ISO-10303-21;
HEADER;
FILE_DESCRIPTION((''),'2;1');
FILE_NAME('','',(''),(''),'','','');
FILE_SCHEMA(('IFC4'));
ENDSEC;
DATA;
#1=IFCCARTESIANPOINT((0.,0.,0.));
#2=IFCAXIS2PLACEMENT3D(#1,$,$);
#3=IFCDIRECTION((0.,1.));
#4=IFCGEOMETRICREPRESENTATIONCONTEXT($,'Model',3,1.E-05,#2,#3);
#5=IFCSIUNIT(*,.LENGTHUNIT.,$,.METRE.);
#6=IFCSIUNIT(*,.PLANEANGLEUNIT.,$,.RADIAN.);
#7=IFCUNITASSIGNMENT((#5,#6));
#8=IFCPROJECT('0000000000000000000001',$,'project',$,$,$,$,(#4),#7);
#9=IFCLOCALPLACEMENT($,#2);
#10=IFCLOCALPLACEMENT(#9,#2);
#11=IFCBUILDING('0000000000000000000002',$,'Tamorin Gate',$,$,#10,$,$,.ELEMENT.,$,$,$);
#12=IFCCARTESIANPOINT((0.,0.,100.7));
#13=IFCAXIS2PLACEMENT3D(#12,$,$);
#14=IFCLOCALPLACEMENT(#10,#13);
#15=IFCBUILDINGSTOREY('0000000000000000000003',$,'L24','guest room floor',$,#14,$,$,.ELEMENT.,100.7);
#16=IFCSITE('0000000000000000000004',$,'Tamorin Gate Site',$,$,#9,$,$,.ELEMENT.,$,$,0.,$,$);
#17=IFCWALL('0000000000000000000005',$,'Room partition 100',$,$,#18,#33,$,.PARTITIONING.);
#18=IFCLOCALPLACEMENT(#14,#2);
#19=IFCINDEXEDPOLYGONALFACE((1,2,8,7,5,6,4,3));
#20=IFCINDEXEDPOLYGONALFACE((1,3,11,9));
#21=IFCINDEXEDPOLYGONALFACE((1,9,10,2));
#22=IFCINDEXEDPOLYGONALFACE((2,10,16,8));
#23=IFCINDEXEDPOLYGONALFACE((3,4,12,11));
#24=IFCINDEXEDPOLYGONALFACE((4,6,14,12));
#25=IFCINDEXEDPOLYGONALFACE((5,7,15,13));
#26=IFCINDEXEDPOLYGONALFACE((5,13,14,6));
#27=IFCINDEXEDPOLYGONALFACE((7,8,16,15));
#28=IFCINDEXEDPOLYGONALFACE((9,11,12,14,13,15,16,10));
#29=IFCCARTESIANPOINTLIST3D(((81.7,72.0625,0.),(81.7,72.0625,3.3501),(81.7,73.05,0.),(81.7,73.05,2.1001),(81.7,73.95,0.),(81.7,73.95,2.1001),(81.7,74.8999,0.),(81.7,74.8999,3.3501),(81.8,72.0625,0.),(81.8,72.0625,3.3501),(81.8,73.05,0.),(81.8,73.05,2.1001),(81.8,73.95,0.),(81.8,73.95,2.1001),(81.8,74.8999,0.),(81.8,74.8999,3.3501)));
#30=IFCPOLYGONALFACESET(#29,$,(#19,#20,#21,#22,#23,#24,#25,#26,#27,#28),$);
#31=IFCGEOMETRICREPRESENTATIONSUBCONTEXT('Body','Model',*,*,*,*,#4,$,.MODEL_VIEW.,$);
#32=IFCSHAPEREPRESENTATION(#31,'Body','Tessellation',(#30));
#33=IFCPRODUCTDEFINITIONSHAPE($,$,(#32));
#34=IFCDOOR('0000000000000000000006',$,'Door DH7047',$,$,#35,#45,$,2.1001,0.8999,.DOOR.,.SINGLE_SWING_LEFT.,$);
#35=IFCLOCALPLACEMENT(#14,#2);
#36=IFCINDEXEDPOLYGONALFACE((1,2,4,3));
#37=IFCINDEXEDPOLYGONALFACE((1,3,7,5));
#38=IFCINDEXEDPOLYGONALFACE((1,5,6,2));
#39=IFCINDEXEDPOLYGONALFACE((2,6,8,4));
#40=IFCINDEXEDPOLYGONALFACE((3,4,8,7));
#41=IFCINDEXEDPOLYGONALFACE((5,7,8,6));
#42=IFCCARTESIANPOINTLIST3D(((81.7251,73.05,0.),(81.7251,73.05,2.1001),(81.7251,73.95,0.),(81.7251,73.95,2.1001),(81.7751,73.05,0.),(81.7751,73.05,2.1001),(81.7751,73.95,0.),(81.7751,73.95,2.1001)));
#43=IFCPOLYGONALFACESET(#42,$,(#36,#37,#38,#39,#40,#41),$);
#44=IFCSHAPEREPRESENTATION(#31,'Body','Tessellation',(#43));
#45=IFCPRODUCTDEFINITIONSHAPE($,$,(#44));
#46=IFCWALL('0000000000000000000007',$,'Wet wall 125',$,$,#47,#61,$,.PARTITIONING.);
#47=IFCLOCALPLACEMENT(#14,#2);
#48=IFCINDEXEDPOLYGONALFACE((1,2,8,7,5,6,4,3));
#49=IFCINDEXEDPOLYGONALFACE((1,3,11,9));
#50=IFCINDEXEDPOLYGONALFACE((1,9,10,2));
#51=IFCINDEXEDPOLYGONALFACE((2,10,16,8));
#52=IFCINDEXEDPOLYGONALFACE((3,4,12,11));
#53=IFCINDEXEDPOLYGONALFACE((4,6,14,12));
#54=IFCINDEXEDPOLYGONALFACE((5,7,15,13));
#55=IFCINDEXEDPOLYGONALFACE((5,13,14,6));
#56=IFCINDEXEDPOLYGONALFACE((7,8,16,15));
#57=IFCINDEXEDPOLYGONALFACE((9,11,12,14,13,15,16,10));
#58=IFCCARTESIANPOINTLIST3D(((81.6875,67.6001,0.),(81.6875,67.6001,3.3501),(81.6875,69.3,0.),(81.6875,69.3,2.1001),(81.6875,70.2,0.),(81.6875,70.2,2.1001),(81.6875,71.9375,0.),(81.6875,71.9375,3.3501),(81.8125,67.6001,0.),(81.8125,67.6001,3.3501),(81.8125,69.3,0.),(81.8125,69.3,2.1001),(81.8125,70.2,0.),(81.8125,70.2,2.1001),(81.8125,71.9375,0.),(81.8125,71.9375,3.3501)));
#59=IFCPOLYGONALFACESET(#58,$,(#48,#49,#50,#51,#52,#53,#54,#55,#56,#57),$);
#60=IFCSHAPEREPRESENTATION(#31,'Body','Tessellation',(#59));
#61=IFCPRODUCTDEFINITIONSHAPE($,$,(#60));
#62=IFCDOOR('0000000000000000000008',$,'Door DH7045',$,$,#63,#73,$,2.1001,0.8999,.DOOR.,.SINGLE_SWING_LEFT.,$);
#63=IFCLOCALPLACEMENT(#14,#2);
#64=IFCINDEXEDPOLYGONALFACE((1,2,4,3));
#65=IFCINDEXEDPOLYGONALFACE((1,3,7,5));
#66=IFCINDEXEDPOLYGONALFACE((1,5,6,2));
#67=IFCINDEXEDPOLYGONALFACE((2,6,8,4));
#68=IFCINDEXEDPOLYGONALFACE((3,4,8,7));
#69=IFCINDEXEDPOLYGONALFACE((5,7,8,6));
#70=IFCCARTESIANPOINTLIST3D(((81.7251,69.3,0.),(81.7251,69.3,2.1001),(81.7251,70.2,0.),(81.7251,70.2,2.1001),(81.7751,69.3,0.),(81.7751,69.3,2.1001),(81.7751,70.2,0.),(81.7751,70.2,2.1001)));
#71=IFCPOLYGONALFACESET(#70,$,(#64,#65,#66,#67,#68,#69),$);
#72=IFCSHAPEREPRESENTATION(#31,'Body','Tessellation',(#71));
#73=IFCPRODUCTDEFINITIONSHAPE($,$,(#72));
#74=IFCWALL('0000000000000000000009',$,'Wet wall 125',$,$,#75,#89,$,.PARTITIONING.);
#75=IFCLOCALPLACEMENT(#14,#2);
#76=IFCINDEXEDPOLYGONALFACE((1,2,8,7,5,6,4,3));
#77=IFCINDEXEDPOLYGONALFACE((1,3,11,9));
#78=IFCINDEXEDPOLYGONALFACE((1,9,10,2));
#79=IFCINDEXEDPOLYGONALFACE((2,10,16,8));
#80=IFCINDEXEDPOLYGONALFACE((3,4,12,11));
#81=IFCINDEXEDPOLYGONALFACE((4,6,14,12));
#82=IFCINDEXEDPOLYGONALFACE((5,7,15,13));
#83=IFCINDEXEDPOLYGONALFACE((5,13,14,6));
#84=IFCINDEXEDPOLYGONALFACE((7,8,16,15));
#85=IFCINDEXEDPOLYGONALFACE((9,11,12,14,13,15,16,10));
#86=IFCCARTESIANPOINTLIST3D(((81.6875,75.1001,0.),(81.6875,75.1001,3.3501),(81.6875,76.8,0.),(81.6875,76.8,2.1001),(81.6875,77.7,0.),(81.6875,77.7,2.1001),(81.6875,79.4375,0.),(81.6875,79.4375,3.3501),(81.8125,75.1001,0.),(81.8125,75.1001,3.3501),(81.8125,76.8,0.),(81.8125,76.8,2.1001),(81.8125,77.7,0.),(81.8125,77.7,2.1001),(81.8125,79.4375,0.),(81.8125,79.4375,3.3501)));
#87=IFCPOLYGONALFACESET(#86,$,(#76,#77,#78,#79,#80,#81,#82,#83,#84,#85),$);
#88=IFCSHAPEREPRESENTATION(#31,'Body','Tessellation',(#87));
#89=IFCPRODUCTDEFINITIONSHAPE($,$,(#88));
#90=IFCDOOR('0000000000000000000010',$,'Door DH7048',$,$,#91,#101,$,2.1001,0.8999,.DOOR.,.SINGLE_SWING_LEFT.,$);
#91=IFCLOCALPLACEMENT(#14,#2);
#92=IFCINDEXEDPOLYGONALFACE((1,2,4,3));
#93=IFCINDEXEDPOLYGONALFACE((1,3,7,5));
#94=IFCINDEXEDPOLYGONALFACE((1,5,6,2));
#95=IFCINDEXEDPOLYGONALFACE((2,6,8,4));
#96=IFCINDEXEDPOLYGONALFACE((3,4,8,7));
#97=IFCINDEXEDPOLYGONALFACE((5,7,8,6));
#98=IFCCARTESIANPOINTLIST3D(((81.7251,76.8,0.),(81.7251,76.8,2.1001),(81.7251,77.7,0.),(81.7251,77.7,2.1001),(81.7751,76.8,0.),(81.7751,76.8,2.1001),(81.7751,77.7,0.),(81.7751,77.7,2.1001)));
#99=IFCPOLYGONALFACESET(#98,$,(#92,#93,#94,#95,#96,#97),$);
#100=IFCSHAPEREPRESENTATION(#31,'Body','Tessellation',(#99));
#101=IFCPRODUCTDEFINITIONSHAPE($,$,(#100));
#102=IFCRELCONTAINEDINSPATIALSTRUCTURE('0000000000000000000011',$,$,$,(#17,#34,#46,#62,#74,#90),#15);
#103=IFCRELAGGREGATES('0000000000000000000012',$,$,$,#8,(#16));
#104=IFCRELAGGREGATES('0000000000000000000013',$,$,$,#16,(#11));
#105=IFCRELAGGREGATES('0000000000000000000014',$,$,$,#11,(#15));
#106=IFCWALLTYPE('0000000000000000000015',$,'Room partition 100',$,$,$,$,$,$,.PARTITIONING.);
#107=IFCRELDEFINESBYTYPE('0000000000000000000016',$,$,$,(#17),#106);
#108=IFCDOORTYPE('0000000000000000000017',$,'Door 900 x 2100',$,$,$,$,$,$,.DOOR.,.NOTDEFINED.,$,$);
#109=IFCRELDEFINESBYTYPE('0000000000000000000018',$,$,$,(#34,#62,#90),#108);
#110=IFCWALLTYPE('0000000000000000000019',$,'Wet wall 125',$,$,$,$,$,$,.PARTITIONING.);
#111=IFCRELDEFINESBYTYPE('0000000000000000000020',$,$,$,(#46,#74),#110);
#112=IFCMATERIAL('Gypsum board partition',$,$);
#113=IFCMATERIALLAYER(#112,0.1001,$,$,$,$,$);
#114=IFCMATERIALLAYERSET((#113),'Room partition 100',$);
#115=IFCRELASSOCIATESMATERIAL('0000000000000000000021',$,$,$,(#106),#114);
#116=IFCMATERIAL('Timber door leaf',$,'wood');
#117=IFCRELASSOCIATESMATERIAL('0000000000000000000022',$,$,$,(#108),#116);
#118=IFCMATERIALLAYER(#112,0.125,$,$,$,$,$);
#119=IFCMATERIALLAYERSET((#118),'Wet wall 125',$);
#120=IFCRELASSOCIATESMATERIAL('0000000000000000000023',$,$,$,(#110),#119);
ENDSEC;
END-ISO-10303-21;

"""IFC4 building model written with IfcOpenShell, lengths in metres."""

from ifc_helpers import new_model, si_unit, direction, frame, frame_2d, origin, place, context, subcontext, project, spatial, rectangle, extrude, material, layer, layer_set, type_object, element, fill, save


model = new_model("IFC4")

# Units and contexts
model_context = context("Model", 3, precision=1e-05, world=origin(), true_north=direction((0.0, 1.0)))
body_context = subcontext(model_context, "Body", "Model", "MODEL_VIEW")
ifc_project = project(units=[si_unit("LENGTHUNIT", "METRE"), si_unit("PLANEANGLEUNIT", "RADIAN")], contexts=[model_context])

# Site, building, storey
site_placement = place(None, origin())
site = spatial("IfcSite", under=ifc_project, at=site_placement, Name="Tamorin Gate Site", CompositionType="ELEMENT", RefElevation=0.0)
building_placement = place(site_placement, origin())
building = spatial("IfcBuilding", under=site, at=building_placement, Name="Tamorin Gate", CompositionType="ELEMENT")
storey_placement = place(building_placement, frame((0.0, 0.0, 100.7)))
storey = spatial("IfcBuildingStorey", under=building, at=storey_placement, Name="L24", Description="guest room floor", CompositionType="ELEMENT", Elevation=100.7)

# Walls, openings, doors
ifc_material_1 = material(Name="Gypsum board partition")
ifc_layer_1 = layer(ifc_material_1, 0.1001)
ifc_layer_set_1 = layer_set([ifc_layer_1], Name="Room partition 100")
wall_type_1 = type_object("IfcWallType", Name="Room partition 100", PredefinedType="PARTITIONING", material=ifc_layer_set_1)
ifc_material_2 = material(Name="Timber door leaf", Category="wood")
door_type = type_object("IfcDoorType", Name="Door 900 x 2100", OperationType="NOTDEFINED", PredefinedType="DOOR", material=ifc_material_2)
wall_1_placement = place(storey_placement, frame((81.75, 72.0625, 0.0), z_axis=(0.0, 0.0, 1.0), x_axis=(0.0, 1.0, 0.0)))
wall_1 = element("IfcWall", 1, at=wall_1_placement, inside=storey, type_object=wall_type_1, Name="Room partition 100", PredefinedType="PARTITIONING", context=body_context, shape_type="SweptSolid", body=[
    extrude(rectangle(XDim=2.8374, YDim=0.1001, at=frame_2d((1.4187, 0.0))), origin(), (0.0, 0.0, 1.0), 3.3501),
])
opening_1_placement = place(wall_1_placement, frame((0.9875, 0.0, 0.0)))
opening_1 = element("IfcOpeningElement", 2, at=opening_1_placement, cuts=wall_1, PredefinedType="OPENING", context=body_context, shape_type="SweptSolid", body=[
    extrude(rectangle(XDim=0.8999, YDim=2.1001, at=frame_2d((0.45, 1.05))), frame((0.0, 0.0601, 0.0), z_axis=(0.0, -1.0, 0.0), x_axis=(1.0, 0.0, 0.0)), (0.0, 0.0, 1.0), 0.1201),
])
door_1_placement = place(opening_1_placement, origin())
door_1 = element("IfcDoor", 3, at=door_1_placement, inside=storey, type_object=door_type, Name="Door DH7047", OperationType="SINGLE_SWING_LEFT", OverallHeight=2.1001, OverallWidth=0.8999, PredefinedType="DOOR", context=body_context, shape_type="SweptSolid", body=[
    extrude(rectangle(XDim=0.8999, YDim=2.1001, at=frame_2d((0.45, 1.05))), frame((0.0, 0.0249, 0.0), z_axis=(0.0, -1.0, 0.0), x_axis=(1.0, 0.0, 0.0)), (0.0, 0.0, 1.0), 0.05),
])
fill(opening_1, door_1)
ifc_layer_2 = layer(ifc_material_1, 0.125)
ifc_layer_set_2 = layer_set([ifc_layer_2], Name="Wet wall 125")
wall_type_2 = type_object("IfcWallType", Name="Wet wall 125", PredefinedType="PARTITIONING", material=ifc_layer_set_2)
wall_2_placement = place(storey_placement, frame((81.75, 67.6001, 0.0), z_axis=(0.0, 0.0, 1.0), x_axis=(0.0, 1.0, 0.0)))
wall_2 = element("IfcWall", 4, at=wall_2_placement, inside=storey, type_object=wall_type_2, Name="Wet wall 125", PredefinedType="PARTITIONING", context=body_context, shape_type="SweptSolid", body=[
    extrude(rectangle(XDim=4.3374, YDim=0.125, at=frame_2d((2.1687, 0.0))), origin(), (0.0, 0.0, 1.0), 3.3501),
])
opening_2_placement = place(wall_2_placement, frame((1.7, 0.0, 0.0)))
opening_2 = element("IfcOpeningElement", 5, at=opening_2_placement, cuts=wall_2, PredefinedType="OPENING", context=body_context, shape_type="SweptSolid", body=[
    extrude(rectangle(XDim=0.8999, YDim=2.1001, at=frame_2d((0.45, 1.05))), frame((0.0, 0.0725, 0.0), z_axis=(0.0, -1.0, 0.0), x_axis=(1.0, 0.0, 0.0)), (0.0, 0.0, 1.0), 0.145),
])
door_2_placement = place(opening_2_placement, origin())
door_2 = element("IfcDoor", 6, at=door_2_placement, inside=storey, type_object=door_type, Name="Door DH7045", OperationType="SINGLE_SWING_LEFT", OverallHeight=2.1001, OverallWidth=0.8999, PredefinedType="DOOR", context=body_context, shape_type="SweptSolid", body=[
    extrude(rectangle(XDim=0.8999, YDim=2.1001, at=frame_2d((0.45, 1.05))), frame((0.0, 0.0249, 0.0), z_axis=(0.0, -1.0, 0.0), x_axis=(1.0, 0.0, 0.0)), (0.0, 0.0, 1.0), 0.05),
])
fill(opening_2, door_2)
wall_3_placement = place(storey_placement, frame((81.75, 75.1001, 0.0), z_axis=(0.0, 0.0, 1.0), x_axis=(0.0, 1.0, 0.0)))
wall_3 = element("IfcWall", 7, at=wall_3_placement, inside=storey, type_object=wall_type_2, Name="Wet wall 125", PredefinedType="PARTITIONING", context=body_context, shape_type="SweptSolid", body=[
    extrude(rectangle(XDim=4.3374, YDim=0.125, at=frame_2d((2.1687, 0.0))), origin(), (0.0, 0.0, 1.0), 3.3501),
])
opening_3_placement = place(wall_3_placement, frame((1.7, 0.0, 0.0)))
opening_3 = element("IfcOpeningElement", 8, at=opening_3_placement, cuts=wall_3, PredefinedType="OPENING", context=body_context, shape_type="SweptSolid", body=[
    extrude(rectangle(XDim=0.8999, YDim=2.1001, at=frame_2d((0.45, 1.05))), frame((0.0, 0.0725, 0.0), z_axis=(0.0, -1.0, 0.0), x_axis=(1.0, 0.0, 0.0)), (0.0, 0.0, 1.0), 0.145),
])
door_3_placement = place(opening_3_placement, origin())
door_3 = element("IfcDoor", 9, at=door_3_placement, inside=storey, type_object=door_type, Name="Door DH7048", OperationType="SINGLE_SWING_LEFT", OverallHeight=2.1001, OverallWidth=0.8999, PredefinedType="DOOR", context=body_context, shape_type="SweptSolid", body=[
    extrude(rectangle(XDim=0.8999, YDim=2.1001, at=frame_2d((0.45, 1.05))), frame((0.0, 0.0249, 0.0), z_axis=(0.0, -1.0, 0.0), x_axis=(1.0, 0.0, 0.0)), (0.0, 0.0, 1.0), 0.05),
])
fill(opening_3, door_3)

save(model, "model.ifc")
